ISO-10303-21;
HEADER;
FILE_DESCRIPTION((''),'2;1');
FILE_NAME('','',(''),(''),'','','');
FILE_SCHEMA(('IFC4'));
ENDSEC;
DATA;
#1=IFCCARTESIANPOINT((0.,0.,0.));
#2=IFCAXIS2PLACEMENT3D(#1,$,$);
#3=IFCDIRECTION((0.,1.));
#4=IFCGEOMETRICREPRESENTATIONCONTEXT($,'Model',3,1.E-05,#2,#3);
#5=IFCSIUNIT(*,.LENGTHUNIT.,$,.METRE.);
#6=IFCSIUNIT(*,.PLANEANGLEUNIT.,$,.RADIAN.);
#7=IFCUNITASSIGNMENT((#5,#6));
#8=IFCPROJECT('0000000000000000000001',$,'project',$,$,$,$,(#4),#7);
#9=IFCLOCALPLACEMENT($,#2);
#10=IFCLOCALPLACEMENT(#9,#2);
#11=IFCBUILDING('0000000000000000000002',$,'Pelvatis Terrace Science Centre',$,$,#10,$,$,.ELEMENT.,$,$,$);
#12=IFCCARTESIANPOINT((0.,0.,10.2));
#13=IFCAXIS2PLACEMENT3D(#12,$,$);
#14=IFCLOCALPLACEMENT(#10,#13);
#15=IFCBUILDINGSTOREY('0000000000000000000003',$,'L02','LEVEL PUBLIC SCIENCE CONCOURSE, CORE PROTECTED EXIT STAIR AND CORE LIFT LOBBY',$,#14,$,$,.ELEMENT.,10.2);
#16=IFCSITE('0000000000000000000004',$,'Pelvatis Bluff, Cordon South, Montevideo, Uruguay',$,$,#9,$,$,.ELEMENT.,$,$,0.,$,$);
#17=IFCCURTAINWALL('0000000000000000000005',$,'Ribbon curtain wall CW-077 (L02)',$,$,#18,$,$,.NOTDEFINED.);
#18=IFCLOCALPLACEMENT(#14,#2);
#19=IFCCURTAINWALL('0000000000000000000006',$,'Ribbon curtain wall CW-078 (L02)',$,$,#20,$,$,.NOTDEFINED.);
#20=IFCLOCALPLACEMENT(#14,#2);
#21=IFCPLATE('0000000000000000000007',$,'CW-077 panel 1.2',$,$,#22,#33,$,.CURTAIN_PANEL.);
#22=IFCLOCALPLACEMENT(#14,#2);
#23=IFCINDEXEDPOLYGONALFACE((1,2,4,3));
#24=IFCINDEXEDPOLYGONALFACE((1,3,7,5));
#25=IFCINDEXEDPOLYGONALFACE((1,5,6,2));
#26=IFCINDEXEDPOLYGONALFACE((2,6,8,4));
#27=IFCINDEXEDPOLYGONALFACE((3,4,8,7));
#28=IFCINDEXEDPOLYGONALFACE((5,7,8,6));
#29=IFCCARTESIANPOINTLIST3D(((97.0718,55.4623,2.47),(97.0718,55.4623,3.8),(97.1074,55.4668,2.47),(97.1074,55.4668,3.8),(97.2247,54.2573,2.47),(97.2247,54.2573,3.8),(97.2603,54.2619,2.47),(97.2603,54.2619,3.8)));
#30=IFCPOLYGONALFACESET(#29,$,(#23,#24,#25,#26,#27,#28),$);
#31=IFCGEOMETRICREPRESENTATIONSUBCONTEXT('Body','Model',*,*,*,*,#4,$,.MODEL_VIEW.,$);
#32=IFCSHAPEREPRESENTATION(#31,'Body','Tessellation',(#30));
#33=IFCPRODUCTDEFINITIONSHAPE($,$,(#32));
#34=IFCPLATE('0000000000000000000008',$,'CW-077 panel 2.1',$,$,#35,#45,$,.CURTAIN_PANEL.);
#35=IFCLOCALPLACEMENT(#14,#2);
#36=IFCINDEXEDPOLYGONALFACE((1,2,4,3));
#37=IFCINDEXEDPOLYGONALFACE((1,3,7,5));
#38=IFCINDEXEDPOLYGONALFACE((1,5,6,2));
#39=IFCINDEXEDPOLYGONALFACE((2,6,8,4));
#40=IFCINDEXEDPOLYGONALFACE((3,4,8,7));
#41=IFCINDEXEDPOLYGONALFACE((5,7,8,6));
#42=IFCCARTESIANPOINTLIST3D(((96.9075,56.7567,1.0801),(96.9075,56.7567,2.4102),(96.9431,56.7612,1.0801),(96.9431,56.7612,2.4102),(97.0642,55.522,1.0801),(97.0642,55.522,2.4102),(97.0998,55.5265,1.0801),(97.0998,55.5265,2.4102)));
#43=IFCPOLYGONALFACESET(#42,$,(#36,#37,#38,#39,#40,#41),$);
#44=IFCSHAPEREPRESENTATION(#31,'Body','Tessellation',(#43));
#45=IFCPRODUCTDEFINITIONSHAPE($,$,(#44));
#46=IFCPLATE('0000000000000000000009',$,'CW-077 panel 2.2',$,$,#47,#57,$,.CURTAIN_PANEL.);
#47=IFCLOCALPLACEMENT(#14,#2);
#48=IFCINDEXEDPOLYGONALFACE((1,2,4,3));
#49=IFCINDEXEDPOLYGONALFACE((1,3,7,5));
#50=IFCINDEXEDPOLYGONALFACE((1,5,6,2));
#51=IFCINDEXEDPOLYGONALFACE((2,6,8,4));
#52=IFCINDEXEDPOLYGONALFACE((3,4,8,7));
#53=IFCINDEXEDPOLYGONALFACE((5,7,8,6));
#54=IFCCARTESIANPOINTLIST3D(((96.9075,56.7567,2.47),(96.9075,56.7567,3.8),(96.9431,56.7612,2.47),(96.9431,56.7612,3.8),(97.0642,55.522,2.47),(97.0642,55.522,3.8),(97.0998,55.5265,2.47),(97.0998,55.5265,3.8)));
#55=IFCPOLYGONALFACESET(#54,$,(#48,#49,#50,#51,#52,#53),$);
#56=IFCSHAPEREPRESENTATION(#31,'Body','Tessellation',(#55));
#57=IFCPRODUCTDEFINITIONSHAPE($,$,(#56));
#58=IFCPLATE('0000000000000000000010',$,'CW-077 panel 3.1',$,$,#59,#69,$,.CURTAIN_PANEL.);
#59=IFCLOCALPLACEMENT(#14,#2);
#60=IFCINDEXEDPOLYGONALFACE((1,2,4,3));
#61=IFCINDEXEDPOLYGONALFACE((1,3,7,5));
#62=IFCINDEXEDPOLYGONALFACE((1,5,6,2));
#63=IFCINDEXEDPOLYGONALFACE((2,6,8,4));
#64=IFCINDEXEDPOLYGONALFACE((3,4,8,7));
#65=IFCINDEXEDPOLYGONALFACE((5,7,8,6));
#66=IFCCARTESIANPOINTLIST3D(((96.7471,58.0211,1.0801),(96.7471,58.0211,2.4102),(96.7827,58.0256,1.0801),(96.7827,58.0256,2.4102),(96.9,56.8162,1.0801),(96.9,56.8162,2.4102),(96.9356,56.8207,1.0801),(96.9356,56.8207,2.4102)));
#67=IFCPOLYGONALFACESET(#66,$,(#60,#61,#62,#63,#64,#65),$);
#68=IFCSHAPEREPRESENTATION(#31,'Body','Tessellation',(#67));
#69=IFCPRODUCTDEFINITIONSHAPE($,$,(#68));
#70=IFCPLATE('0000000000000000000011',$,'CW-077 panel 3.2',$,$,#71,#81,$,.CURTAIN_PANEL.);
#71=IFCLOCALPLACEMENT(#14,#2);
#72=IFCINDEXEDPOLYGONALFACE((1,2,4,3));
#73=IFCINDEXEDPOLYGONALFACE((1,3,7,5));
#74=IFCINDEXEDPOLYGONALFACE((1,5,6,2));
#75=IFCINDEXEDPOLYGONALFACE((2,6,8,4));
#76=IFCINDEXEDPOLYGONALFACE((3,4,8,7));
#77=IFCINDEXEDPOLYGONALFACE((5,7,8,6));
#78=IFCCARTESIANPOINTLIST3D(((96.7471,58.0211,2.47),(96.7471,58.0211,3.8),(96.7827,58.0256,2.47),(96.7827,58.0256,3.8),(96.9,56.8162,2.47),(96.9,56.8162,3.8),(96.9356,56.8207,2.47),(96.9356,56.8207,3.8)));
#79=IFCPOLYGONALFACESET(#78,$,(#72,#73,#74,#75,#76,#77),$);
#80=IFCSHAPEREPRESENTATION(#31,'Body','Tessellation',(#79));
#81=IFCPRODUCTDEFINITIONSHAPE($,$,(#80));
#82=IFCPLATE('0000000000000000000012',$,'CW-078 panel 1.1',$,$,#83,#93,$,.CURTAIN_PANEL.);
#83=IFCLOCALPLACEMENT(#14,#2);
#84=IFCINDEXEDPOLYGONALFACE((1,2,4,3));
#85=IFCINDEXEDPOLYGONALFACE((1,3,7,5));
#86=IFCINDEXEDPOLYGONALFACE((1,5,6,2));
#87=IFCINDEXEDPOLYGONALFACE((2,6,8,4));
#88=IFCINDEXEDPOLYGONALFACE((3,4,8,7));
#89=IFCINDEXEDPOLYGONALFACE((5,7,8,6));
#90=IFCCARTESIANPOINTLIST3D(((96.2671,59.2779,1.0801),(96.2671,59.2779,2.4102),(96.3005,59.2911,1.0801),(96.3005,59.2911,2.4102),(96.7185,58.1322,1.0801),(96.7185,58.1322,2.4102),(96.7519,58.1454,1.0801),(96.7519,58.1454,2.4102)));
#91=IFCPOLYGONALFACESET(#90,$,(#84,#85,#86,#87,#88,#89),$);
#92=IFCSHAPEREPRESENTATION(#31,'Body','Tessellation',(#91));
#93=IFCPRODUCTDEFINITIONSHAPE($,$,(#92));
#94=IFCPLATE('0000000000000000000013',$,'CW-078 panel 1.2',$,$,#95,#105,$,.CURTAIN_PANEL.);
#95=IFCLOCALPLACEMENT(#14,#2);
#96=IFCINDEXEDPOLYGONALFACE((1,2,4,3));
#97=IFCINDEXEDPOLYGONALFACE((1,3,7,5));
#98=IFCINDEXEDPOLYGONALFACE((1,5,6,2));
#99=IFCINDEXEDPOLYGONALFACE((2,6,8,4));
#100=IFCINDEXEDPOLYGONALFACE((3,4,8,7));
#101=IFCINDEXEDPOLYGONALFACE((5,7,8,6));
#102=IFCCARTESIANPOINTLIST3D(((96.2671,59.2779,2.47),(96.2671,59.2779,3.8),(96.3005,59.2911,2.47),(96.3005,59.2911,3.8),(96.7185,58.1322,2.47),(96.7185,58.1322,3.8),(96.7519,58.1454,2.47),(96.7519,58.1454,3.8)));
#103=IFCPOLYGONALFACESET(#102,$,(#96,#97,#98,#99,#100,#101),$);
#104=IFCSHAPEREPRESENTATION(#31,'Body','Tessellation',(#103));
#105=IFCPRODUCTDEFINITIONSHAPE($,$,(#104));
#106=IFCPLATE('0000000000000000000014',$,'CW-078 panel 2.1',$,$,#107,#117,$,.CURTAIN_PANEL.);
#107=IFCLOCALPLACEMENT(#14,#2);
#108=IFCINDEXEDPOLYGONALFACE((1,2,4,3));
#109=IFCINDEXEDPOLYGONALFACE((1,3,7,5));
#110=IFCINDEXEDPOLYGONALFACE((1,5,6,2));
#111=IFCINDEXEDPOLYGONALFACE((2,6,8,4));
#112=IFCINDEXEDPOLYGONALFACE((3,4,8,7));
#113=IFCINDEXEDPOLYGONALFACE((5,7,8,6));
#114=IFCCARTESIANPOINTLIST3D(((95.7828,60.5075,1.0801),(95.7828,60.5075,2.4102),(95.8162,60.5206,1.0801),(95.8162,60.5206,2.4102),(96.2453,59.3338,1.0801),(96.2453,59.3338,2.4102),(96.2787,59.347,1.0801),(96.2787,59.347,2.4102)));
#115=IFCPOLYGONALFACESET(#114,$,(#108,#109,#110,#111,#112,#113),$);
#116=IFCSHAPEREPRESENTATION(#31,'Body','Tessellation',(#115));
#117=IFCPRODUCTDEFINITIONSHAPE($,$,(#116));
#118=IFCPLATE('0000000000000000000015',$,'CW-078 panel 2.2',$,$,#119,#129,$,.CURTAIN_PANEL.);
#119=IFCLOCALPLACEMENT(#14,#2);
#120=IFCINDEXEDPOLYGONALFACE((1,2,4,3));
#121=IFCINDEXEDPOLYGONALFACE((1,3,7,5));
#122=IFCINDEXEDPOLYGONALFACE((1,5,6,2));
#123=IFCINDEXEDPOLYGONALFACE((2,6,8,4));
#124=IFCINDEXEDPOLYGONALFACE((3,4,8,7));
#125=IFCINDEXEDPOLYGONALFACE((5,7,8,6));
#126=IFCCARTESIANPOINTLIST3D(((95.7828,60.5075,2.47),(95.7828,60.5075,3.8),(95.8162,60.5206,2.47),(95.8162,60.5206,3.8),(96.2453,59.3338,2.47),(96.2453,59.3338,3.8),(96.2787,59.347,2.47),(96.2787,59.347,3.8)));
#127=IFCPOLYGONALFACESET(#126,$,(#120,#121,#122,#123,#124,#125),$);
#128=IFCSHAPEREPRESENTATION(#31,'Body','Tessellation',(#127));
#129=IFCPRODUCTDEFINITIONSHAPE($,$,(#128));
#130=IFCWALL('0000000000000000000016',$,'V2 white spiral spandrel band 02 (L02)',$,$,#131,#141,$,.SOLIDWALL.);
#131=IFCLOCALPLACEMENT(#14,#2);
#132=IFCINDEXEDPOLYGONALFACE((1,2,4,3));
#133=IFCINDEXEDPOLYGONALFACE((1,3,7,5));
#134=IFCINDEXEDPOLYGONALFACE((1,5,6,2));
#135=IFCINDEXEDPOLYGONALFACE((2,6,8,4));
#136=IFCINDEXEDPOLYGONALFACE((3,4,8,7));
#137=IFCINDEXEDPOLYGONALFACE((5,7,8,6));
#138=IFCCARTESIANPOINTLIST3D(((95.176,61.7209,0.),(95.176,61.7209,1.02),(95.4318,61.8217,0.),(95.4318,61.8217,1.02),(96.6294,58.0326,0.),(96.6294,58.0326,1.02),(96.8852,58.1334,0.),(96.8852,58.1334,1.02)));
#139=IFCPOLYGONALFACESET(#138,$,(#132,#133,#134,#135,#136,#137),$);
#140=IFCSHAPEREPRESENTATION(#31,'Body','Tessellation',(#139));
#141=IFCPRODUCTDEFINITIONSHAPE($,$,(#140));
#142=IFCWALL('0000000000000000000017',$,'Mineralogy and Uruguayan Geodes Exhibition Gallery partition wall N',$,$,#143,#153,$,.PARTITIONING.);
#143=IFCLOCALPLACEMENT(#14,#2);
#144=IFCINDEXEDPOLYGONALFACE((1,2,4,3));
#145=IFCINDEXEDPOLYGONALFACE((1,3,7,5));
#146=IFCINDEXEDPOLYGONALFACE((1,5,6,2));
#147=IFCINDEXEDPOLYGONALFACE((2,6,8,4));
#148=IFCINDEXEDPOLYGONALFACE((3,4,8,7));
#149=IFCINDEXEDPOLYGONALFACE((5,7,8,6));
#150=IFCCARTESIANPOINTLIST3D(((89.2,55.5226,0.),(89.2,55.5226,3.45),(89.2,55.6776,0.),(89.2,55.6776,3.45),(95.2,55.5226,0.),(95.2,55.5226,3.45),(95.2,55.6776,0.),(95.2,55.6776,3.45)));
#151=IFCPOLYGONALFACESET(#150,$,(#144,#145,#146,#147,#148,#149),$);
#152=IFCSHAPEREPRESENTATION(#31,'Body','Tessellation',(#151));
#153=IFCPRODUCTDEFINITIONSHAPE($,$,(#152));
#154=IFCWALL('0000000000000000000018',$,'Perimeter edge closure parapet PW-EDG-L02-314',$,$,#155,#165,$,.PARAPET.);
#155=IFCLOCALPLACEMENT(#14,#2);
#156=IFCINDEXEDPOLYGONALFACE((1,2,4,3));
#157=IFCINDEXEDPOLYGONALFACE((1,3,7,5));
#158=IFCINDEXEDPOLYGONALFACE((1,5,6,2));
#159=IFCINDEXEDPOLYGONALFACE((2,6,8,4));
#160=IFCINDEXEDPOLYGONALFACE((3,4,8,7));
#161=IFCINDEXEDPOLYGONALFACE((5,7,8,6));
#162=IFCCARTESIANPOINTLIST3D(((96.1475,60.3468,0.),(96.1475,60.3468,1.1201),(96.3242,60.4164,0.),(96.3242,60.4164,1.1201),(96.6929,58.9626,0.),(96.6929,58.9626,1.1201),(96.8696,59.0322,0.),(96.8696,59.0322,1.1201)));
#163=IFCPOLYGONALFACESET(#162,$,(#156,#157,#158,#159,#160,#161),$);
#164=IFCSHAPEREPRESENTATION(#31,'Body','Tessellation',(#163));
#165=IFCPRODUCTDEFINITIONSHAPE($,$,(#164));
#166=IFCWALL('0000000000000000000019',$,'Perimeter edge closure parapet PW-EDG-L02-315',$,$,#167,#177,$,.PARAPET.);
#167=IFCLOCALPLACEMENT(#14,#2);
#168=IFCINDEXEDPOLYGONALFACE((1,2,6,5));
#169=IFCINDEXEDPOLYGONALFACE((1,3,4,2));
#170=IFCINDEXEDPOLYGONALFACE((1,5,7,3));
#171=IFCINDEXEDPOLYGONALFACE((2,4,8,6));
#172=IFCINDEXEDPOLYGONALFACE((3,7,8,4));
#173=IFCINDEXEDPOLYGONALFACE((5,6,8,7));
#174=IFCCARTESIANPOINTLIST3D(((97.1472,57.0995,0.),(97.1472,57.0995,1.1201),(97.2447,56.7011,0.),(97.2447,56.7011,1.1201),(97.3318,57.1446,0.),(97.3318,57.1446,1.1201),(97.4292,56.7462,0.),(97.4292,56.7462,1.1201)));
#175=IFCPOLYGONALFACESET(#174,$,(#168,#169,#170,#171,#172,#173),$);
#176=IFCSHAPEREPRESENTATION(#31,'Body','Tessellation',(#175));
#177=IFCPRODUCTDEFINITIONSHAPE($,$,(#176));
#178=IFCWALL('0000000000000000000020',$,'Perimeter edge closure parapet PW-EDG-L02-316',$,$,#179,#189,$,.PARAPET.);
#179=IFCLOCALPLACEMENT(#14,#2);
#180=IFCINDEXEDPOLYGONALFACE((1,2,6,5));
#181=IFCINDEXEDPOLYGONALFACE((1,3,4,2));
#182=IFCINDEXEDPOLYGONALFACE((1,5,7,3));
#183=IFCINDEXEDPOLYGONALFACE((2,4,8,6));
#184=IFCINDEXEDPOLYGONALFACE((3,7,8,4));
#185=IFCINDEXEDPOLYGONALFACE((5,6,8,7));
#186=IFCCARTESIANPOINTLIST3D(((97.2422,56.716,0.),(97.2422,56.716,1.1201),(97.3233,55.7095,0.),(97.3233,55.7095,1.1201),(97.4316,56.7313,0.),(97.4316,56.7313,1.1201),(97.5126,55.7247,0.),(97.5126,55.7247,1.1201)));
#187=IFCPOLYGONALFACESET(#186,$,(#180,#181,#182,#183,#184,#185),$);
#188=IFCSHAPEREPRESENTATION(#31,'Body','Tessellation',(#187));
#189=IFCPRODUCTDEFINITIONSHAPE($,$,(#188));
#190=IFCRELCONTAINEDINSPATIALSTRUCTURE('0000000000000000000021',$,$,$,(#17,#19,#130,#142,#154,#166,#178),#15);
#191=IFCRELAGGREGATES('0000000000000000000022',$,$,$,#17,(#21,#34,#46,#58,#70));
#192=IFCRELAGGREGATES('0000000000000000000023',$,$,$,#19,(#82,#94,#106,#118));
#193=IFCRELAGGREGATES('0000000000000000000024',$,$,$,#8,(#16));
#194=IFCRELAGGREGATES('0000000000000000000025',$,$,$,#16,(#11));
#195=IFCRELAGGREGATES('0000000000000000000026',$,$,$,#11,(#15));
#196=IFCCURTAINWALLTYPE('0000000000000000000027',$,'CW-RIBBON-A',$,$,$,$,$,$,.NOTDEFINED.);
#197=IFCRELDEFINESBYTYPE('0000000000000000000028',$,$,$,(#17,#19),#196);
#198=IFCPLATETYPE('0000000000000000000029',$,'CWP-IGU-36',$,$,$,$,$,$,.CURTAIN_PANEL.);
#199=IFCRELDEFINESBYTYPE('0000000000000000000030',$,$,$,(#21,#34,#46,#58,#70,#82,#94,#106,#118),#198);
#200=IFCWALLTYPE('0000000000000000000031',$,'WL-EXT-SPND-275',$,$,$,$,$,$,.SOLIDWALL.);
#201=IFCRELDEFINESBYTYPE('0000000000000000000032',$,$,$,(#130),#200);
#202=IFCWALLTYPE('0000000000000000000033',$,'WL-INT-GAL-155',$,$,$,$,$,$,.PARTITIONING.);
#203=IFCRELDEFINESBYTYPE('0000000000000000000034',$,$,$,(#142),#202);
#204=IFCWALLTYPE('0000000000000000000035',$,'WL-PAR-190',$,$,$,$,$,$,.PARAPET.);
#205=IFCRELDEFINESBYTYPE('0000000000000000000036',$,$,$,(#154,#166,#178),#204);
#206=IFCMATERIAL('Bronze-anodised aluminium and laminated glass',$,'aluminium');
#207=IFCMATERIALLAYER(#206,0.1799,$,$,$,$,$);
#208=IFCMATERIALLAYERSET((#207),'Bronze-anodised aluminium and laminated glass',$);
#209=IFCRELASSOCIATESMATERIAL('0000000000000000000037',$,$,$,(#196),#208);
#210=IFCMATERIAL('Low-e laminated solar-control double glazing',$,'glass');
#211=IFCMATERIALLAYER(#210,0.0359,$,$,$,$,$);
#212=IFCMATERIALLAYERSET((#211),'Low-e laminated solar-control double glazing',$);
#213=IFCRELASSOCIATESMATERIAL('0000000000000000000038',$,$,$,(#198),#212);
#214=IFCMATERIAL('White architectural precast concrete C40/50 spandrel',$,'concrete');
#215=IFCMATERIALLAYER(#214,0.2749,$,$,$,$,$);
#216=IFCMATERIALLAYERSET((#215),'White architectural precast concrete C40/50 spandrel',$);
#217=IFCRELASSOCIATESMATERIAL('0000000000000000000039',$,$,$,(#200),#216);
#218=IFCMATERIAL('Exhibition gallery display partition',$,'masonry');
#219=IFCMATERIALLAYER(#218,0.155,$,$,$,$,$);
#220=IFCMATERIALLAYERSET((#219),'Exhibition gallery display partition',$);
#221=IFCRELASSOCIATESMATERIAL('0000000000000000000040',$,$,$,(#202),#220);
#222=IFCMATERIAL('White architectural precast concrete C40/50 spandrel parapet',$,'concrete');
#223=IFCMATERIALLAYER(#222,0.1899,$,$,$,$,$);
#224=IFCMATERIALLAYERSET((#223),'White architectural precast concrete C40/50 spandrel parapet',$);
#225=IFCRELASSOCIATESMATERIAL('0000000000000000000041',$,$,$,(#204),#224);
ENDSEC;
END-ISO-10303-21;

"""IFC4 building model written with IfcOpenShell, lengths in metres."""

from ifc_helpers import new_model, si_unit, direction, frame, frame_2d, origin, origin_2d, place, context, subcontext, project, spatial, rectangle, extrude, material, layer, layer_set, type_object, element, aggregate, save


model = new_model("IFC4")

# Units and contexts
model_context = context("Model", 3, precision=1e-05, world=origin(), true_north=direction((0.0, 1.0)))
body_context = subcontext(model_context, "Body", "Model", "MODEL_VIEW")
ifc_project = project(units=[si_unit("LENGTHUNIT", "METRE"), si_unit("PLANEANGLEUNIT", "RADIAN")], contexts=[model_context])

# Site, building, storey
site_placement = place(None, origin())
site = spatial("IfcSite", under=ifc_project, at=site_placement, Name="Pelvatis Bluff, Cordon South, Montevideo, Uruguay", CompositionType="ELEMENT", RefElevation=0.0)
building_placement = place(site_placement, origin())
building = spatial("IfcBuilding", under=site, at=building_placement, Name="Pelvatis Terrace Science Centre", CompositionType="ELEMENT")
storey_placement = place(building_placement, frame((0.0, 0.0, 10.2)))
storey = spatial("IfcBuildingStorey", under=building, at=storey_placement, Name="L02", Description="LEVEL PUBLIC SCIENCE CONCOURSE, CORE PROTECTED EXIT STAIR AND CORE LIFT LOBBY", CompositionType="ELEMENT", Elevation=10.2)

# Curtain walls
ifc_material_1 = material(Name="Bronze-anodised aluminium and laminated glass", Category="aluminium")
ifc_layer_1 = layer(ifc_material_1, 0.1799)
ifc_layer_set_1 = layer_set([ifc_layer_1], Name="Bronze-anodised aluminium and laminated glass")
curtain_wall_type = type_object("IfcCurtainWallType", Name="CW-RIBBON-A", PredefinedType="NOTDEFINED", material=ifc_layer_set_1)
curtain_wall_1_placement = place(storey_placement, origin())
curtain_wall_1 = element("IfcCurtainWall", 1, at=curtain_wall_1_placement, inside=storey, type_object=curtain_wall_type, Name="Ribbon curtain wall CW-077 (L02)", PredefinedType="NOTDEFINED")
curtain_wall_2_placement = place(storey_placement, origin())
curtain_wall_2 = element("IfcCurtainWall", 2, at=curtain_wall_2_placement, inside=storey, type_object=curtain_wall_type, Name="Ribbon curtain wall CW-078 (L02)", PredefinedType="NOTDEFINED")

# Plates
ifc_material_2 = material(Name="Low-e laminated solar-control double glazing", Category="glass")
ifc_layer_2 = layer(ifc_material_2, 0.0359)
ifc_layer_set_2 = layer_set([ifc_layer_2], Name="Low-e laminated solar-control double glazing")
plate_type = type_object("IfcPlateType", Name="CWP-IGU-36", PredefinedType="CURTAIN_PANEL", material=ifc_layer_set_2)
plate_1_placement = place(storey_placement, frame((97.166, 54.8621, 2.47), z_axis=(0.0, 0.0, 1.0), x_axis=(-0.125877, 0.992046, 0.0)))
plate_1 = element("IfcPlate", 3, at=plate_1_placement, type_object=plate_type, Name="CW-077 panel 1.2", PredefinedType="CURTAIN_PANEL", context=body_context, shape_type="SweptSolid", body=[
    extrude(rectangle(XDim=1.2146, YDim=0.0359, at=origin_2d()), origin(), (0.0, 0.0, 1.0), 1.3301),
])
plate_2_placement = place(storey_placement, frame((97.0037, 56.1416, 1.0801), z_axis=(0.0, 0.0, 1.0), x_axis=(-0.125877, 0.992046, 0.0)))
plate_2 = element("IfcPlate", 4, at=plate_2_placement, type_object=plate_type, Name="CW-077 panel 2.1", PredefinedType="CURTAIN_PANEL", context=body_context, shape_type="SweptSolid", body=[
    extrude(rectangle(XDim=1.2446, YDim=0.0359, at=origin_2d()), origin(), (0.0, 0.0, 1.0), 1.3301),
])
plate_3_placement = place(storey_placement, frame((97.0037, 56.1416, 2.47), z_axis=(0.0, 0.0, 1.0), x_axis=(-0.125877, 0.992046, 0.0)))
plate_3 = element("IfcPlate", 5, at=plate_3_placement, type_object=plate_type, Name="CW-077 panel 2.2", PredefinedType="CURTAIN_PANEL", context=body_context, shape_type="SweptSolid", body=[
    extrude(rectangle(XDim=1.2446, YDim=0.0359, at=origin_2d()), origin(), (0.0, 0.0, 1.0), 1.3301),
])
plate_4_placement = place(storey_placement, frame((96.8413, 57.4209, 1.0801), z_axis=(0.0, 0.0, 1.0), x_axis=(-0.125877, 0.992046, 0.0)))
plate_4 = element("IfcPlate", 6, at=plate_4_placement, type_object=plate_type, Name="CW-077 panel 3.1", PredefinedType="CURTAIN_PANEL", context=body_context, shape_type="SweptSolid", body=[
    extrude(rectangle(XDim=1.2146, YDim=0.0359, at=origin_2d()), origin(), (0.0, 0.0, 1.0), 1.3301),
])
plate_5_placement = place(storey_placement, frame((96.8413, 57.4209, 2.47), z_axis=(0.0, 0.0, 1.0), x_axis=(-0.125877, 0.992046, 0.0)))
plate_5 = element("IfcPlate", 7, at=plate_5_placement, type_object=plate_type, Name="CW-077 panel 3.2", PredefinedType="CURTAIN_PANEL", context=body_context, shape_type="SweptSolid", body=[
    extrude(rectangle(XDim=1.2146, YDim=0.0359, at=origin_2d()), origin(), (0.0, 0.0, 1.0), 1.3301),
])
aggregate(curtain_wall_1, [plate_1, plate_2, plate_3, plate_4, plate_5])
plate_6_placement = place(storey_placement, frame((96.5095, 58.7117, 1.0801), z_axis=(0.0, 0.0, 1.0), x_axis=(-0.366597, 0.93038, 0.0)))
plate_6 = element("IfcPlate", 8, at=plate_6_placement, type_object=plate_type, Name="CW-078 panel 1.1", PredefinedType="CURTAIN_PANEL", context=body_context, shape_type="SweptSolid", body=[
    extrude(rectangle(XDim=1.2314, YDim=0.0359, at=origin_2d()), origin(), (0.0, 0.0, 1.0), 1.3301),
])
plate_7_placement = place(storey_placement, frame((96.5095, 58.7117, 2.47), z_axis=(0.0, 0.0, 1.0), x_axis=(-0.366597, 0.93038, 0.0)))
plate_7 = element("IfcPlate", 9, at=plate_7_placement, type_object=plate_type, Name="CW-078 panel 1.2", PredefinedType="CURTAIN_PANEL", context=body_context, shape_type="SweptSolid", body=[
    extrude(rectangle(XDim=1.2314, YDim=0.0359, at=origin_2d()), origin(), (0.0, 0.0, 1.0), 1.3301),
])
plate_8_placement = place(storey_placement, frame((96.0308, 59.9272, 1.0801), z_axis=(0.0, 0.0, 1.0), x_axis=(-0.366597, 0.93038, 0.0)))
plate_8 = element("IfcPlate", 10, at=plate_8_placement, type_object=plate_type, Name="CW-078 panel 2.1", PredefinedType="CURTAIN_PANEL", context=body_context, shape_type="SweptSolid", body=[
    extrude(rectangle(XDim=1.2615, YDim=0.0359, at=origin_2d()), origin(), (0.0, 0.0, 1.0), 1.3301),
])
plate_9_placement = place(storey_placement, frame((96.0308, 59.9272, 2.47), z_axis=(0.0, 0.0, 1.0), x_axis=(-0.366597, 0.93038, 0.0)))
plate_9 = element("IfcPlate", 11, at=plate_9_placement, type_object=plate_type, Name="CW-078 panel 2.2", PredefinedType="CURTAIN_PANEL", context=body_context, shape_type="SweptSolid", body=[
    extrude(rectangle(XDim=1.2615, YDim=0.0359, at=origin_2d()), origin(), (0.0, 0.0, 1.0), 1.3301),
])
aggregate(curtain_wall_2, [plate_6, plate_7, plate_8, plate_9])

# Walls
ifc_material_3 = material(Name="White architectural precast concrete C40/50 spandrel", Category="concrete")
ifc_layer_3 = layer(ifc_material_3, 0.2749)
ifc_layer_set_3 = layer_set([ifc_layer_3], Name="White architectural precast concrete C40/50 spandrel")
wall_type_1 = type_object("IfcWallType", Name="WL-EXT-SPND-275", PredefinedType="SOLIDWALL", material=ifc_layer_set_3)
wall_1_placement = place(storey_placement, frame((96.7573, 58.083, 0.0), z_axis=(0.0, 0.0, 1.0), x_axis=(-0.366618, 0.930371, 0.0)))
element("IfcWall", 12, at=wall_1_placement, inside=storey, type_object=wall_type_1, Name="V2 white spiral spandrel band 02 (L02)", PredefinedType="SOLIDWALL", context=body_context, shape_type="SweptSolid", body=[
    extrude(rectangle(XDim=3.9644, YDim=0.2749, at=frame_2d((1.9822, 0.0))), origin(), (0.0, 0.0, 1.0), 1.02),
])
ifc_material_4 = material(Name="Exhibition gallery display partition", Category="masonry")
ifc_layer_4 = layer(ifc_material_4, 0.155)
ifc_layer_set_4 = layer_set([ifc_layer_4], Name="Exhibition gallery display partition")
wall_type_2 = type_object("IfcWallType", Name="WL-INT-GAL-155", PredefinedType="PARTITIONING", material=ifc_layer_set_4)
wall_2_placement = place(storey_placement, frame((95.2, 55.6001, 0.0), z_axis=(0.0, 0.0, 1.0), x_axis=(-1.0, 0.0, 0.0)))
element("IfcWall", 13, at=wall_2_placement, inside=storey, type_object=wall_type_2, Name="Mineralogy and Uruguayan Geodes Exhibition Gallery partition wall N", PredefinedType="PARTITIONING", context=body_context, shape_type="SweptSolid", body=[
    extrude(rectangle(XDim=6.0, YDim=0.155, at=frame_2d((3.0, 0.0))), origin(), (0.0, 0.0, 1.0), 3.45),
])
ifc_material_5 = material(Name="White architectural precast concrete C40/50 spandrel parapet", Category="concrete")
ifc_layer_5 = layer(ifc_material_5, 0.1899)
ifc_layer_set_5 = layer_set([ifc_layer_5], Name="White architectural precast concrete C40/50 spandrel parapet")
wall_type_3 = type_object("IfcWallType", Name="WL-PAR-190", PredefinedType="PARAPET", material=ifc_layer_set_5)
wall_3_placement = place(storey_placement, frame((96.2358, 60.3816, 0.0), z_axis=(0.0, 0.0, 1.0), x_axis=(0.366576, -0.930388, 0.0)))
element("IfcWall", 14, at=wall_3_placement, inside=storey, type_object=wall_type_3, Name="Perimeter edge closure parapet PW-EDG-L02-314", PredefinedType="PARAPET", context=body_context, shape_type="SweptSolid", body=[
    extrude(rectangle(XDim=1.4878, YDim=0.1899, at=frame_2d((0.7439, 0.0))), origin(), (0.0, 0.0, 1.0), 1.1201),
])
wall_4_placement = place(storey_placement, frame((97.2395, 57.1221, 0.0), z_axis=(0.0, 0.0, 1.0), x_axis=(0.237491, -0.97139, 0.0)))
element("IfcWall", 15, at=wall_4_placement, inside=storey, type_object=wall_type_3, Name="Perimeter edge closure parapet PW-EDG-L02-315", PredefinedType="PARAPET", context=body_context, shape_type="SweptSolid", body=[
    extrude(rectangle(XDim=0.4102, YDim=0.1899, at=frame_2d((0.2051, 0.0))), origin(), (0.0, 0.0, 1.0), 1.1201),
])
wall_5_placement = place(storey_placement, frame((97.3369, 56.7236, 0.0), z_axis=(0.0, 0.0, 1.0), x_axis=(0.080264, -0.996774, 0.0)))
element("IfcWall", 16, at=wall_5_placement, inside=storey, type_object=wall_type_3, Name="Perimeter edge closure parapet PW-EDG-L02-316", PredefinedType="PARAPET", context=body_context, shape_type="SweptSolid", body=[
    extrude(rectangle(XDim=1.0098, YDim=0.1899, at=frame_2d((0.5049, 0.0))), origin(), (0.0, 0.0, 1.0), 1.1201),
])

save(model, "model.ifc")
